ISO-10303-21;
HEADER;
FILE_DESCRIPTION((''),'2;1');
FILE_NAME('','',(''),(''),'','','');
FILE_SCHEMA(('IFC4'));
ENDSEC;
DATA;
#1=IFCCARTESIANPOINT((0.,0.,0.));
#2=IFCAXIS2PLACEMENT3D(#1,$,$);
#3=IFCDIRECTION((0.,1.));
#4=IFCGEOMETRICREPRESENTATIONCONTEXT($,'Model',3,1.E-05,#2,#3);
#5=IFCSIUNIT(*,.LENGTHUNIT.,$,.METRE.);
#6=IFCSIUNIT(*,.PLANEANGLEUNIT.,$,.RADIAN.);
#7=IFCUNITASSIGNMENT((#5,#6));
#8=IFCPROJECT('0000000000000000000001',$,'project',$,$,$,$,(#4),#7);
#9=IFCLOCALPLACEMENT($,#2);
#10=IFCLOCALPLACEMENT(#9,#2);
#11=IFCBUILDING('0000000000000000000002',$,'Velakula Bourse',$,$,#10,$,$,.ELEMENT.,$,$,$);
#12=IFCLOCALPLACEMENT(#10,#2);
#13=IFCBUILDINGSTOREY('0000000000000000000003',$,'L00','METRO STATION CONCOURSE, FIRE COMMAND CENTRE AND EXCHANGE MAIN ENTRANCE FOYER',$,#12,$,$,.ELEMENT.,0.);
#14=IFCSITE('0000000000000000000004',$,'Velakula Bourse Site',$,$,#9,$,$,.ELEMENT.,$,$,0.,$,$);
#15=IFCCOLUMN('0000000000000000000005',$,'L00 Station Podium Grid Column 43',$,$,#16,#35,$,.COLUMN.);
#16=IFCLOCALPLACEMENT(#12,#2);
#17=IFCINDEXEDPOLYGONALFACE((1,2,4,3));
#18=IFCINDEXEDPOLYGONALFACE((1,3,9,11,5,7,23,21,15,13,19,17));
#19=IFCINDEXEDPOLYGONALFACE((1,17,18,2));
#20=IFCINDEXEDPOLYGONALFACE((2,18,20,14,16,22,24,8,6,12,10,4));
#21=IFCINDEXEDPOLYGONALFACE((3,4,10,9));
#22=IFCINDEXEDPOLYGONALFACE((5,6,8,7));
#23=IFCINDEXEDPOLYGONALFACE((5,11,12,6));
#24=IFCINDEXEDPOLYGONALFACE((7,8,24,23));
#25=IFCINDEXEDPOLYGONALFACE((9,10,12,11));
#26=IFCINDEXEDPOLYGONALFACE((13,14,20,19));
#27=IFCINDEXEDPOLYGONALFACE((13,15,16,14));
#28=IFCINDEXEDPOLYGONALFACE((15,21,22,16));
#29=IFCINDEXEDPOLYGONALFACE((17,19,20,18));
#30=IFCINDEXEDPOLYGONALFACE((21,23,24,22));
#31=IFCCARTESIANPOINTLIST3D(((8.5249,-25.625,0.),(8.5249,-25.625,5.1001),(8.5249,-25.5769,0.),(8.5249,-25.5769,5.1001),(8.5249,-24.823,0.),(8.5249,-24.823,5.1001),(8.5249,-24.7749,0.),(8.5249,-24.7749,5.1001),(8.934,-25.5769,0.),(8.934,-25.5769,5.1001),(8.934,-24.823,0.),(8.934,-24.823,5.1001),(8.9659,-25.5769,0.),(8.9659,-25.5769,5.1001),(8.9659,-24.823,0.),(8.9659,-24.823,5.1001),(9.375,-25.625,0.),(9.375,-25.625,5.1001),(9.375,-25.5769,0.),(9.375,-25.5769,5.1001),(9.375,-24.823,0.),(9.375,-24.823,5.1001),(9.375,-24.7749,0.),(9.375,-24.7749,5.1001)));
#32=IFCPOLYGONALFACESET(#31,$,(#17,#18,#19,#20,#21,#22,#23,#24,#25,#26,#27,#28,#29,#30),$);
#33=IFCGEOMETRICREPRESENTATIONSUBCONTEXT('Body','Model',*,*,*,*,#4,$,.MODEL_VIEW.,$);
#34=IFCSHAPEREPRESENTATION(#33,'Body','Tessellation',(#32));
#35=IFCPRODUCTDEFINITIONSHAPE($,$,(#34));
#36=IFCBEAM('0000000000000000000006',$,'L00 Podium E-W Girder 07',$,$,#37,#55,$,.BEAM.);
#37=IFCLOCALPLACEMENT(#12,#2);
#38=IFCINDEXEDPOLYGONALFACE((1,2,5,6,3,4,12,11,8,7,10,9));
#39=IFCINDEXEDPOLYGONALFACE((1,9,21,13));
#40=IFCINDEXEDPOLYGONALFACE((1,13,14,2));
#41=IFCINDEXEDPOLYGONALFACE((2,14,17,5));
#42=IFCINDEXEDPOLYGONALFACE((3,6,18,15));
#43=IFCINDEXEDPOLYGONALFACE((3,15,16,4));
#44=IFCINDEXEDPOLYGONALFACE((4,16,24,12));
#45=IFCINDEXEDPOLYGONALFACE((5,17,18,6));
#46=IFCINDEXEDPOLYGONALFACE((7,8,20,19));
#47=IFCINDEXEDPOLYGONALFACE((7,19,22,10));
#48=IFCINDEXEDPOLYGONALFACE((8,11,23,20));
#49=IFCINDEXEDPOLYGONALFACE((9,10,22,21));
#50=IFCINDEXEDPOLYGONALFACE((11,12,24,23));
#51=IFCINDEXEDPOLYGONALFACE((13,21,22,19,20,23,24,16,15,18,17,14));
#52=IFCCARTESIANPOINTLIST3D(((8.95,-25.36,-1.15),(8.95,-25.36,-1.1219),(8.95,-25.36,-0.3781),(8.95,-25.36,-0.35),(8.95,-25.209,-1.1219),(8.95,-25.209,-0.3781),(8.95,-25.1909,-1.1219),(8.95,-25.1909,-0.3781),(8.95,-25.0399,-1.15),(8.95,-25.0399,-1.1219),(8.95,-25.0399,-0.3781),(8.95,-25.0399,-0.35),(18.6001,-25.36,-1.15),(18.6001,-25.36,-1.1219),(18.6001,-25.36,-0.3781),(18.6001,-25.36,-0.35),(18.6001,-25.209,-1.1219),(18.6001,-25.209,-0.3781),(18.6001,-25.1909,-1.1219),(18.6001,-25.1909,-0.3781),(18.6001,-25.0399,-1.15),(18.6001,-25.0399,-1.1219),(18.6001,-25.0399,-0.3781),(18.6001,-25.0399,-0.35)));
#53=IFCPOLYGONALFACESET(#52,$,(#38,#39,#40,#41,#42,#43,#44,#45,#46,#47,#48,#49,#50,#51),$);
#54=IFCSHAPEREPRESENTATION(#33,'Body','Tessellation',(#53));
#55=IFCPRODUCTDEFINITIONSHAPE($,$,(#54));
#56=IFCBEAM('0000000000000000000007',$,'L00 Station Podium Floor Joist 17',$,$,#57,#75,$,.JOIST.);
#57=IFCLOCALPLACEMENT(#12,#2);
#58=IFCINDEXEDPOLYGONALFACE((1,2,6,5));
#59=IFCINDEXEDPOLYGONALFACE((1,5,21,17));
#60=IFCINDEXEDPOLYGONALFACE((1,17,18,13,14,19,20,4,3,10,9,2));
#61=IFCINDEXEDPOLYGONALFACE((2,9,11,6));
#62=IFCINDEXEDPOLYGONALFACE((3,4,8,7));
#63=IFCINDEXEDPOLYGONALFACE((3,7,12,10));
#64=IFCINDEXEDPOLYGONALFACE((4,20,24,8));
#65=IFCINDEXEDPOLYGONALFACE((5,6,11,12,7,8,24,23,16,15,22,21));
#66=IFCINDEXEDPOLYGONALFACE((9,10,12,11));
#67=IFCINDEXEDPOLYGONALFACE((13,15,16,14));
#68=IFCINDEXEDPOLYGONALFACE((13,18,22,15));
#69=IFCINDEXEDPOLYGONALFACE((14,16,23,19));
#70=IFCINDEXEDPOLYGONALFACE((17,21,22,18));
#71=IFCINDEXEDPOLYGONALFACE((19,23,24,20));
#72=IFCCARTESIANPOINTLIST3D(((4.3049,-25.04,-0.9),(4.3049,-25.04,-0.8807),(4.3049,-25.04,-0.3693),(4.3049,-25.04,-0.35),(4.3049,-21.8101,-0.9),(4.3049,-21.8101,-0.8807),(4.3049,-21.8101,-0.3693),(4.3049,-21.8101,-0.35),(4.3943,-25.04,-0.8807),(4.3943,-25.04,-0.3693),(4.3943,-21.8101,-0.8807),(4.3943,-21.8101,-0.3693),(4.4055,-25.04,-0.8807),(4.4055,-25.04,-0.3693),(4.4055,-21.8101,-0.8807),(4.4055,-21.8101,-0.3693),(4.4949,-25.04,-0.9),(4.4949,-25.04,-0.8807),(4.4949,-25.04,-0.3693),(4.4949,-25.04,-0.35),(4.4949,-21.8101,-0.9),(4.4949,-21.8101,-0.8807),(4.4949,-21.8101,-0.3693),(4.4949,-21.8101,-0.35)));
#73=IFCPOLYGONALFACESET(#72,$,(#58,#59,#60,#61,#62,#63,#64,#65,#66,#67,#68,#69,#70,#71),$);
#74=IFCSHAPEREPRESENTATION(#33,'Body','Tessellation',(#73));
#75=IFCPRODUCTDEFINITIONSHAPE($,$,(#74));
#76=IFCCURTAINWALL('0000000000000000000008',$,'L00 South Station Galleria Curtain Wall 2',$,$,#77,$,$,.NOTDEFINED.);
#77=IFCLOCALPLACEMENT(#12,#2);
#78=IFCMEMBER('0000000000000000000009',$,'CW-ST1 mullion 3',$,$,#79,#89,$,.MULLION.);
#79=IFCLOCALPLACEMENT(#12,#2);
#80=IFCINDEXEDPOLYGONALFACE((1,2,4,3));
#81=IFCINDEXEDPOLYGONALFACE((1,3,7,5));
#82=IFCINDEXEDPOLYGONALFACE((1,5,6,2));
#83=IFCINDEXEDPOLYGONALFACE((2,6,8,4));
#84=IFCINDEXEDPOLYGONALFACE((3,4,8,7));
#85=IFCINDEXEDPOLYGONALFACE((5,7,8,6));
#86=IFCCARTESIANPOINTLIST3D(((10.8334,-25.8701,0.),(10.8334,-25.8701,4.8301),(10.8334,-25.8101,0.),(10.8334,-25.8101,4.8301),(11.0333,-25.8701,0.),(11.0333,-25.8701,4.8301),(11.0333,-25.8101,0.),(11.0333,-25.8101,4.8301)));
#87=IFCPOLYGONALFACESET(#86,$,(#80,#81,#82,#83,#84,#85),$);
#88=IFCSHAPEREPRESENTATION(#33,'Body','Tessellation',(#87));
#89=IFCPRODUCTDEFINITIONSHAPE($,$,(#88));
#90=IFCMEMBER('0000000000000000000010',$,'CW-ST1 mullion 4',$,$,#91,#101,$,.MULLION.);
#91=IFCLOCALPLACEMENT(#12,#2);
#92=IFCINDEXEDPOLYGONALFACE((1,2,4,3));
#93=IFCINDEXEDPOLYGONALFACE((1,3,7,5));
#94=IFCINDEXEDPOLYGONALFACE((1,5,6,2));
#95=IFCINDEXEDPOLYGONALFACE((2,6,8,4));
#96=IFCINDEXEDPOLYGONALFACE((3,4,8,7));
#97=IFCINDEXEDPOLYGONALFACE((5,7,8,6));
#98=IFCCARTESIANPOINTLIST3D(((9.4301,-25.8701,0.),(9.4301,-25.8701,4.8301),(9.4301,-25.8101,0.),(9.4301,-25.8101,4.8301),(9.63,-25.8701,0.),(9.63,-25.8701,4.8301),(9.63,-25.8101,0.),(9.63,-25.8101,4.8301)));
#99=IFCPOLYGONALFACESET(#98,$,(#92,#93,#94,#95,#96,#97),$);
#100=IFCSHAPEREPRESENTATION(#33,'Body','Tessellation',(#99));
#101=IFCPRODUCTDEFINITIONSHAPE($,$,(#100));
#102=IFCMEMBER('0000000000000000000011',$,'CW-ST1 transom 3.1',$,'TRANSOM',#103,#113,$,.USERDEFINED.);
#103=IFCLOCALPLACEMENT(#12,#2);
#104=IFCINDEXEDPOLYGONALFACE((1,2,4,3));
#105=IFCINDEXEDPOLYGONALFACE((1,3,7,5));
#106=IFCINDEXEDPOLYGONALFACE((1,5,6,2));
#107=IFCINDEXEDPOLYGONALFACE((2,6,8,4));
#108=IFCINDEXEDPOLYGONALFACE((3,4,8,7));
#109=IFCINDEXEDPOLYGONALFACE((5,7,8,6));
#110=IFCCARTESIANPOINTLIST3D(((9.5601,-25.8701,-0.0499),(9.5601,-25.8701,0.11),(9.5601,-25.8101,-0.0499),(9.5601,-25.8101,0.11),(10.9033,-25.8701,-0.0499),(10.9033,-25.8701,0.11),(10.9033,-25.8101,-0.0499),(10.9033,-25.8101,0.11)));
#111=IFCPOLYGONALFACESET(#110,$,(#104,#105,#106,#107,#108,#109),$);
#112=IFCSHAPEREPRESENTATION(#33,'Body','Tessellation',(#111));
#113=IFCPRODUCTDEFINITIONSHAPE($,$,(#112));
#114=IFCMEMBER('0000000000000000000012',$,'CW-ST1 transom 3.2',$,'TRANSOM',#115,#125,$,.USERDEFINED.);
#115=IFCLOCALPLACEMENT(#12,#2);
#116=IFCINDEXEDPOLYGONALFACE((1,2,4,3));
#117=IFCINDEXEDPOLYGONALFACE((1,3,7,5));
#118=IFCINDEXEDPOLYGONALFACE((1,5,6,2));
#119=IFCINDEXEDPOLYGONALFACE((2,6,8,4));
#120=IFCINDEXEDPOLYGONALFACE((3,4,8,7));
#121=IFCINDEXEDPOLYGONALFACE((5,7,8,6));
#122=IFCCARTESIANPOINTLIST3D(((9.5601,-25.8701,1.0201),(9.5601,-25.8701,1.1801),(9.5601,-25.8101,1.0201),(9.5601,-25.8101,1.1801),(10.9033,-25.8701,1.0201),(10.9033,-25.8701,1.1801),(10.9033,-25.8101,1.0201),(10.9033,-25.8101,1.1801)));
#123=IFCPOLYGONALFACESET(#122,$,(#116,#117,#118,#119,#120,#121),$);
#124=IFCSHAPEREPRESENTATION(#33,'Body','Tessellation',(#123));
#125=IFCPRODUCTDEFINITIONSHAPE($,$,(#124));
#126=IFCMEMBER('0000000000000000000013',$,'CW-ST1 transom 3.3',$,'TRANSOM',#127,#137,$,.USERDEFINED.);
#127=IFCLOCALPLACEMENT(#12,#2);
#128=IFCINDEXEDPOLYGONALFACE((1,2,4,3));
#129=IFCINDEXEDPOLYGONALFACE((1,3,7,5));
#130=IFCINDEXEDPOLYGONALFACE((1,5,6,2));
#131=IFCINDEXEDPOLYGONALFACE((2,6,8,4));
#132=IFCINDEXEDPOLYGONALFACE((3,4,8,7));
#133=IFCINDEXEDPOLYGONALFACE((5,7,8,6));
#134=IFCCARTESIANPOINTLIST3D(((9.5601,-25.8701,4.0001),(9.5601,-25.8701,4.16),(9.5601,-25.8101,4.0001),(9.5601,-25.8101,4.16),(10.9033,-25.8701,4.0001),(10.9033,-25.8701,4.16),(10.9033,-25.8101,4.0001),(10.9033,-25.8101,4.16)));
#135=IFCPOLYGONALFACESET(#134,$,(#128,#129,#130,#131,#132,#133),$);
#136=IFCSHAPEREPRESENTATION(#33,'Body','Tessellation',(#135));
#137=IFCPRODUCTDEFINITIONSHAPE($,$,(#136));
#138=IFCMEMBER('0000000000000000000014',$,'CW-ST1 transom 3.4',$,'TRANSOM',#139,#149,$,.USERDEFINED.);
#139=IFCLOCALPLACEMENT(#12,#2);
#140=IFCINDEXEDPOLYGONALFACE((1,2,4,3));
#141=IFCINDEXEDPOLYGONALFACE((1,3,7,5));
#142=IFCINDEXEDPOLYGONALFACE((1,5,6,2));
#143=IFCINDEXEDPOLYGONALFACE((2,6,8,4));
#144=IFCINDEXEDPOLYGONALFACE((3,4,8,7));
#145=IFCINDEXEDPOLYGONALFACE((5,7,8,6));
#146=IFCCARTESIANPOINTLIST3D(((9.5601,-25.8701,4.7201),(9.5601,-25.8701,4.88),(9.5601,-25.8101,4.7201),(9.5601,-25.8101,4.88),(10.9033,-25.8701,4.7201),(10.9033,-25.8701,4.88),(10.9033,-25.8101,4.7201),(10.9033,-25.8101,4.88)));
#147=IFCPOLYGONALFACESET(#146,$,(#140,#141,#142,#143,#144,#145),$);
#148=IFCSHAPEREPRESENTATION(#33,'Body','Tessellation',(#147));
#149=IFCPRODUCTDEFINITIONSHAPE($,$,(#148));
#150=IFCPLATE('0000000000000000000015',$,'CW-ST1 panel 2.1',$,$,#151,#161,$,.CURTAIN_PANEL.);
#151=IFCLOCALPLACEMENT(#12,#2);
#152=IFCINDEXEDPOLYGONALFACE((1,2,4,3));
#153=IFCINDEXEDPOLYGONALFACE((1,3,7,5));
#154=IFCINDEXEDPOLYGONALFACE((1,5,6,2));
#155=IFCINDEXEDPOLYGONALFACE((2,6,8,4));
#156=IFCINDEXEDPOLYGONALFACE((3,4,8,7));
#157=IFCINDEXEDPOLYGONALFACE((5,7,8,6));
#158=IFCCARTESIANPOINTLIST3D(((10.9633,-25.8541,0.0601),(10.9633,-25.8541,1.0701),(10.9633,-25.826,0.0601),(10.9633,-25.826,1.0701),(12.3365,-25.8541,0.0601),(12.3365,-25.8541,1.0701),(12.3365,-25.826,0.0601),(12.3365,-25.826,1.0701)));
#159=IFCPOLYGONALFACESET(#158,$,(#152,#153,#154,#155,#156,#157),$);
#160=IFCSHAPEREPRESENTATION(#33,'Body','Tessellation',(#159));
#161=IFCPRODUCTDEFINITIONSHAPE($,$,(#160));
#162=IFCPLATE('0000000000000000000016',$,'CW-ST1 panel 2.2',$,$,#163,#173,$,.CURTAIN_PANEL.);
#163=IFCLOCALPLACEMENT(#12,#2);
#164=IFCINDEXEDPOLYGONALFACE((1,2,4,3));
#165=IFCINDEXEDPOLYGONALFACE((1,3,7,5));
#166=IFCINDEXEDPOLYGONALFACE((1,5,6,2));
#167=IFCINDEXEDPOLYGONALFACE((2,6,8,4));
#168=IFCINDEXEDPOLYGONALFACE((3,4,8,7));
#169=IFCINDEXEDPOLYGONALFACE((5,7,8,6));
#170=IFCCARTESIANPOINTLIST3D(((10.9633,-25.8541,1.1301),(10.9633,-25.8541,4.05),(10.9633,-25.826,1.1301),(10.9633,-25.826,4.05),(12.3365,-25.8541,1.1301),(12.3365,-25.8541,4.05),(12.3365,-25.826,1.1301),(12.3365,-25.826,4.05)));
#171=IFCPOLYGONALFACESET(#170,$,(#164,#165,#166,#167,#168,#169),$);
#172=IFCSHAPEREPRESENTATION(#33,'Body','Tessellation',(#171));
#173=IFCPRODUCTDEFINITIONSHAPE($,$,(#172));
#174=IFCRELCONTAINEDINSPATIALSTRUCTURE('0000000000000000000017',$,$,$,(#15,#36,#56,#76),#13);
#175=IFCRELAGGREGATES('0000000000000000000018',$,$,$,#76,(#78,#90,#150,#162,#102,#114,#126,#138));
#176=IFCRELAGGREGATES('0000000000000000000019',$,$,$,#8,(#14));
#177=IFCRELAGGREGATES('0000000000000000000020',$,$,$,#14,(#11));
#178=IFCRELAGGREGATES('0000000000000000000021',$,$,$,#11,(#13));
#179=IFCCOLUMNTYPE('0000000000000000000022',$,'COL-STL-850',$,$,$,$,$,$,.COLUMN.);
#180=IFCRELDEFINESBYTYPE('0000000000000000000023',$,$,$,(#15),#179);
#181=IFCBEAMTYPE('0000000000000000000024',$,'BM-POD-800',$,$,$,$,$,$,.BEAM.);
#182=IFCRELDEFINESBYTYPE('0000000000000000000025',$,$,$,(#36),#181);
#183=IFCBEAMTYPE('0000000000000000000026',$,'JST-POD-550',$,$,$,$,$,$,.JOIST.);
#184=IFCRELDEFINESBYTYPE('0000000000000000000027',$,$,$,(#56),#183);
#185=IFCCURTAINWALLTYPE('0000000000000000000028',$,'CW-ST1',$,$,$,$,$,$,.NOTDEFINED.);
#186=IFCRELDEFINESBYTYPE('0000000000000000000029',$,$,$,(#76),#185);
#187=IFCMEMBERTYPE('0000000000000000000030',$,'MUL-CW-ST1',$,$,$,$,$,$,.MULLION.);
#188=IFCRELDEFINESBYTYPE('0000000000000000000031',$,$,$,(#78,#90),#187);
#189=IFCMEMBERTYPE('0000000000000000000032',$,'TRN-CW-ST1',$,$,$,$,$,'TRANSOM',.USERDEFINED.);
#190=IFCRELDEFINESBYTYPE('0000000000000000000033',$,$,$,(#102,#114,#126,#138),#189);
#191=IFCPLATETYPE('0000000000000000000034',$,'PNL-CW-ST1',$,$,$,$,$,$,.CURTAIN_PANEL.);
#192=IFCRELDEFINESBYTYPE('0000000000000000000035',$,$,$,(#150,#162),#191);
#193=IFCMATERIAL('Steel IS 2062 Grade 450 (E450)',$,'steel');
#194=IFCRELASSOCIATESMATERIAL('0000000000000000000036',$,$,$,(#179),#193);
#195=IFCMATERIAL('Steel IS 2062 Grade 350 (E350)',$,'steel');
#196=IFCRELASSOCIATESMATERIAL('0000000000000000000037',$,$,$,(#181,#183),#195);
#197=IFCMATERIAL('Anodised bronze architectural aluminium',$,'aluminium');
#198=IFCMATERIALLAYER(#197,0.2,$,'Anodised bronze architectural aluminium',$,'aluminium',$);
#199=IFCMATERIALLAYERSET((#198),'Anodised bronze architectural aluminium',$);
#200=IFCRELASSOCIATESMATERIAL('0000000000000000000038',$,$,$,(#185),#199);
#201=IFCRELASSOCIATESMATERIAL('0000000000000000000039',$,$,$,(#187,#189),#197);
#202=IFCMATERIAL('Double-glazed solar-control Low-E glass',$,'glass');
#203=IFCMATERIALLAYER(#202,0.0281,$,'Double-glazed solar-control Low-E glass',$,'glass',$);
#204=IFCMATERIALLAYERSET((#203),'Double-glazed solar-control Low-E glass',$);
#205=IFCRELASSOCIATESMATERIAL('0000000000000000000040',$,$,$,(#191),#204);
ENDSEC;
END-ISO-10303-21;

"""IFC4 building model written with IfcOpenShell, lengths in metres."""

from ifc_helpers import new_model, si_unit, direction, frame, origin, origin_2d, place, context, subcontext, project, spatial, rectangle, i_section, extrude, material, layer, layer_set, material_profile, profile_set, type_object, element, aggregate, save


model = new_model("IFC4")

# Units and contexts
model_context = context("Model", 3, precision=1e-05, world=origin(), true_north=direction((0.0, 1.0)))
body_context = subcontext(model_context, "Body", "Model", "MODEL_VIEW")
ifc_project = project(units=[si_unit("LENGTHUNIT", "METRE"), si_unit("PLANEANGLEUNIT", "RADIAN")], contexts=[model_context])

# Site, building, storey
site_placement = place(None, origin())
site = spatial("IfcSite", under=ifc_project, at=site_placement, Name="Velakula Bourse Site", CompositionType="ELEMENT", RefElevation=0.0)
building_placement = place(site_placement, origin())
building = spatial("IfcBuilding", under=site, at=building_placement, Name="Velakula Bourse", CompositionType="ELEMENT")
storey_placement = place(building_placement, origin())
storey = spatial("IfcBuildingStorey", under=building, at=storey_placement, Name="L00", Description="METRO STATION CONCOURSE, FIRE COMMAND CENTRE AND EXCHANGE MAIN ENTRANCE FOYER", CompositionType="ELEMENT", Elevation=0.0)

# Column
ifc_material_1 = material(Name="Steel IS 2062 Grade 450 (E450)", Category="steel")
ifc_material_profile_1 = material_profile(ifc_material_1, i_section(OverallWidth=0.8501, OverallDepth=0.8501, WebThickness=0.032, FlangeThickness=0.0481, at=origin_2d()), Name="Steel IS 2062 Grade 450 (E450)")
ifc_profile_set_1 = profile_set([ifc_material_profile_1], Name="Steel IS 2062 Grade 450 (E450)")
column_type = type_object("IfcColumnType", Name="COL-STL-850", PredefinedType="COLUMN", material=ifc_profile_set_1)
column_placement = place(storey_placement, frame((8.95, -25.2, 0.0), z_axis=(0.0, 0.0, 1.0), x_axis=(1.0, 0.0, 0.0)))
element("IfcColumn", 1, at=column_placement, inside=storey, type_object=column_type, Name="L00 Station Podium Grid Column 43", PredefinedType="COLUMN", context=body_context, shape_type="SweptSolid", body=[
    extrude(i_section(OverallWidth=0.8501, OverallDepth=0.8501, WebThickness=0.032, FlangeThickness=0.0481, at=origin_2d()), origin(), (0.0, 0.0, 1.0), 5.1001),
])

# Beams
ifc_material_2 = material(Name="Steel IS 2062 Grade 350 (E350)", Category="steel")
ifc_material_profile_2 = material_profile(ifc_material_2, i_section(OverallWidth=0.3201, OverallDepth=0.8, WebThickness=0.0181, FlangeThickness=0.0281, at=origin_2d()), Name="Steel IS 2062 Grade 350 (E350)")
ifc_profile_set_2 = profile_set([ifc_material_profile_2], Name="Steel IS 2062 Grade 350 (E350)")
beam_type_1 = type_object("IfcBeamType", Name="BM-POD-800", PredefinedType="BEAM", material=ifc_profile_set_2)
beam_1_placement = place(storey_placement, frame((8.95, -25.2, -0.75), z_axis=(1.0, 0.0, 0.0), x_axis=(0.0, 1.0, 0.0)))
element("IfcBeam", 2, at=beam_1_placement, inside=storey, type_object=beam_type_1, Name="L00 Podium E-W Girder 07", PredefinedType="BEAM", context=body_context, shape_type="SweptSolid", body=[
    extrude(i_section(OverallWidth=0.3201, OverallDepth=0.8, WebThickness=0.0181, FlangeThickness=0.0281, at=origin_2d()), origin(), (0.0, 0.0, 1.0), 9.6501),
])
ifc_material_profile_3 = material_profile(ifc_material_2, i_section(OverallWidth=0.1899, OverallDepth=0.55, WebThickness=0.0112, FlangeThickness=0.0193, at=origin_2d()), Name="Steel IS 2062 Grade 350 (E350)")
ifc_profile_set_3 = profile_set([ifc_material_profile_3], Name="Steel IS 2062 Grade 350 (E350)")
beam_type_2 = type_object("IfcBeamType", Name="JST-POD-550", PredefinedType="JOIST", material=ifc_profile_set_3)
beam_2_placement = place(storey_placement, frame((4.3999, -25.04, -0.625), z_axis=(0.0, 1.0, 0.0), x_axis=(-1.0, 0.0, 0.0)))
element("IfcBeam", 3, at=beam_2_placement, inside=storey, type_object=beam_type_2, Name="L00 Station Podium Floor Joist 17", PredefinedType="JOIST", context=body_context, shape_type="SweptSolid", body=[
    extrude(i_section(OverallWidth=0.1899, OverallDepth=0.55, WebThickness=0.0112, FlangeThickness=0.0193, at=origin_2d()), origin(), (0.0, 0.0, 1.0), 3.23),
])

# Curtain wall, members, plates
ifc_material_3 = material(Name="Anodised bronze architectural aluminium", Category="aluminium")
ifc_layer_1 = layer(ifc_material_3, 0.2, Name="Anodised bronze architectural aluminium", Category="aluminium")
ifc_layer_set_1 = layer_set([ifc_layer_1], Name="Anodised bronze architectural aluminium")
curtain_wall_type = type_object("IfcCurtainWallType", Name="CW-ST1", PredefinedType="NOTDEFINED", material=ifc_layer_set_1)
curtain_wall_placement = place(storey_placement, origin())
curtain_wall = element("IfcCurtainWall", 4, at=curtain_wall_placement, inside=storey, type_object=curtain_wall_type, Name="L00 South Station Galleria Curtain Wall 2", PredefinedType="NOTDEFINED")
ifc_material_profile_4 = material_profile(ifc_material_3, rectangle(XDim=0.0601, YDim=0.2, at=origin_2d()), Name="Anodised bronze architectural aluminium")
ifc_profile_set_4 = profile_set([ifc_material_profile_4], Name="Anodised bronze architectural aluminium")
member_type_1 = type_object("IfcMemberType", Name="MUL-CW-ST1", PredefinedType="MULLION", material=ifc_profile_set_4)
member_1_placement = place(storey_placement, frame((10.9333, -25.8401, 0.0), z_axis=(0.0, 0.0, 1.0), x_axis=(0.0, -1.0, 0.0)))
member_1 = element("IfcMember", 5, at=member_1_placement, type_object=member_type_1, Name="CW-ST1 mullion 3", PredefinedType="MULLION", context=body_context, shape_type="SweptSolid", body=[
    extrude(rectangle(XDim=0.0601, YDim=0.2, at=origin_2d()), origin(), (0.0, 0.0, 1.0), 4.8301),
])
member_2_placement = place(storey_placement, frame((9.53, -25.8401, 0.0), z_axis=(0.0, 0.0, 1.0), x_axis=(0.0, -1.0, 0.0)))
member_2 = element("IfcMember", 6, at=member_2_placement, type_object=member_type_1, Name="CW-ST1 mullion 4", PredefinedType="MULLION", context=body_context, shape_type="SweptSolid", body=[
    extrude(rectangle(XDim=0.0601, YDim=0.2, at=origin_2d()), origin(), (0.0, 0.0, 1.0), 4.8301),
])
ifc_material_profile_5 = material_profile(ifc_material_3, rectangle(XDim=0.0601, YDim=0.1599, at=origin_2d()), Name="Anodised bronze architectural aluminium")
ifc_profile_set_5 = profile_set([ifc_material_profile_5], Name="Anodised bronze architectural aluminium")
member_type_2 = type_object("IfcMemberType", Name="TRN-CW-ST1", ElementType="TRANSOM", PredefinedType="USERDEFINED", material=ifc_profile_set_5)
member_3_placement = place(storey_placement, frame((10.9033, -25.8401, 0.03), z_axis=(-1.0, 0.0, 0.0), x_axis=(0.0, -1.0, 0.0)))
member_3 = element("IfcMember", 7, at=member_3_placement, type_object=member_type_2, Name="CW-ST1 transom 3.1", ObjectType="TRANSOM", PredefinedType="USERDEFINED", context=body_context, shape_type="SweptSolid", body=[
    extrude(rectangle(XDim=0.0601, YDim=0.1599, at=origin_2d()), origin(), (0.0, 0.0, 1.0), 1.3433),
])
member_4_placement = place(storey_placement, frame((10.9033, -25.8401, 1.1001), z_axis=(-1.0, 0.0, 0.0), x_axis=(0.0, -1.0, 0.0)))
member_4 = element("IfcMember", 8, at=member_4_placement, type_object=member_type_2, Name="CW-ST1 transom 3.2", ObjectType="TRANSOM", PredefinedType="USERDEFINED", context=body_context, shape_type="SweptSolid", body=[
    extrude(rectangle(XDim=0.0601, YDim=0.1599, at=origin_2d()), origin(), (0.0, 0.0, 1.0), 1.3433),
])
member_5_placement = place(storey_placement, frame((10.9033, -25.8401, 4.0801), z_axis=(-1.0, 0.0, 0.0), x_axis=(0.0, -1.0, 0.0)))
member_5 = element("IfcMember", 9, at=member_5_placement, type_object=member_type_2, Name="CW-ST1 transom 3.3", ObjectType="TRANSOM", PredefinedType="USERDEFINED", context=body_context, shape_type="SweptSolid", body=[
    extrude(rectangle(XDim=0.0601, YDim=0.1599, at=origin_2d()), origin(), (0.0, 0.0, 1.0), 1.3433),
])
member_6_placement = place(storey_placement, frame((10.9033, -25.8401, 4.8), z_axis=(-1.0, 0.0, 0.0), x_axis=(0.0, -1.0, 0.0)))
member_6 = element("IfcMember", 10, at=member_6_placement, type_object=member_type_2, Name="CW-ST1 transom 3.4", ObjectType="TRANSOM", PredefinedType="USERDEFINED", context=body_context, shape_type="SweptSolid", body=[
    extrude(rectangle(XDim=0.0601, YDim=0.1599, at=origin_2d()), origin(), (0.0, 0.0, 1.0), 1.3433),
])
ifc_material_4 = material(Name="Double-glazed solar-control Low-E glass", Category="glass")
ifc_layer_2 = layer(ifc_material_4, 0.0281, Name="Double-glazed solar-control Low-E glass", Category="glass")
ifc_layer_set_2 = layer_set([ifc_layer_2], Name="Double-glazed solar-control Low-E glass")
plate_type = type_object("IfcPlateType", Name="PNL-CW-ST1", PredefinedType="CURTAIN_PANEL", material=ifc_layer_set_2)
plate_1_placement = place(storey_placement, frame((11.6499, -25.8401, 0.0601), z_axis=(0.0, 0.0, 1.0), x_axis=(-1.0, 0.0, 0.0)))
plate_1 = element("IfcPlate", 11, at=plate_1_placement, type_object=plate_type, Name="CW-ST1 panel 2.1", PredefinedType="CURTAIN_PANEL", context=body_context, shape_type="SweptSolid", body=[
    extrude(rectangle(XDim=1.3733, YDim=0.0281, at=origin_2d()), origin(), (0.0, 0.0, 1.0), 1.01),
])
plate_2_placement = place(storey_placement, frame((11.6499, -25.8401, 1.1301), z_axis=(0.0, 0.0, 1.0), x_axis=(-1.0, 0.0, 0.0)))
plate_2 = element("IfcPlate", 12, at=plate_2_placement, type_object=plate_type, Name="CW-ST1 panel 2.2", PredefinedType="CURTAIN_PANEL", context=body_context, shape_type="SweptSolid", body=[
    extrude(rectangle(XDim=1.3733, YDim=0.0281, at=origin_2d()), origin(), (0.0, 0.0, 1.0), 2.9199),
])
aggregate(curtain_wall, [member_1, member_2, plate_1, plate_2, member_3, member_4, member_5, member_6])

save(model, "model.ifc")
